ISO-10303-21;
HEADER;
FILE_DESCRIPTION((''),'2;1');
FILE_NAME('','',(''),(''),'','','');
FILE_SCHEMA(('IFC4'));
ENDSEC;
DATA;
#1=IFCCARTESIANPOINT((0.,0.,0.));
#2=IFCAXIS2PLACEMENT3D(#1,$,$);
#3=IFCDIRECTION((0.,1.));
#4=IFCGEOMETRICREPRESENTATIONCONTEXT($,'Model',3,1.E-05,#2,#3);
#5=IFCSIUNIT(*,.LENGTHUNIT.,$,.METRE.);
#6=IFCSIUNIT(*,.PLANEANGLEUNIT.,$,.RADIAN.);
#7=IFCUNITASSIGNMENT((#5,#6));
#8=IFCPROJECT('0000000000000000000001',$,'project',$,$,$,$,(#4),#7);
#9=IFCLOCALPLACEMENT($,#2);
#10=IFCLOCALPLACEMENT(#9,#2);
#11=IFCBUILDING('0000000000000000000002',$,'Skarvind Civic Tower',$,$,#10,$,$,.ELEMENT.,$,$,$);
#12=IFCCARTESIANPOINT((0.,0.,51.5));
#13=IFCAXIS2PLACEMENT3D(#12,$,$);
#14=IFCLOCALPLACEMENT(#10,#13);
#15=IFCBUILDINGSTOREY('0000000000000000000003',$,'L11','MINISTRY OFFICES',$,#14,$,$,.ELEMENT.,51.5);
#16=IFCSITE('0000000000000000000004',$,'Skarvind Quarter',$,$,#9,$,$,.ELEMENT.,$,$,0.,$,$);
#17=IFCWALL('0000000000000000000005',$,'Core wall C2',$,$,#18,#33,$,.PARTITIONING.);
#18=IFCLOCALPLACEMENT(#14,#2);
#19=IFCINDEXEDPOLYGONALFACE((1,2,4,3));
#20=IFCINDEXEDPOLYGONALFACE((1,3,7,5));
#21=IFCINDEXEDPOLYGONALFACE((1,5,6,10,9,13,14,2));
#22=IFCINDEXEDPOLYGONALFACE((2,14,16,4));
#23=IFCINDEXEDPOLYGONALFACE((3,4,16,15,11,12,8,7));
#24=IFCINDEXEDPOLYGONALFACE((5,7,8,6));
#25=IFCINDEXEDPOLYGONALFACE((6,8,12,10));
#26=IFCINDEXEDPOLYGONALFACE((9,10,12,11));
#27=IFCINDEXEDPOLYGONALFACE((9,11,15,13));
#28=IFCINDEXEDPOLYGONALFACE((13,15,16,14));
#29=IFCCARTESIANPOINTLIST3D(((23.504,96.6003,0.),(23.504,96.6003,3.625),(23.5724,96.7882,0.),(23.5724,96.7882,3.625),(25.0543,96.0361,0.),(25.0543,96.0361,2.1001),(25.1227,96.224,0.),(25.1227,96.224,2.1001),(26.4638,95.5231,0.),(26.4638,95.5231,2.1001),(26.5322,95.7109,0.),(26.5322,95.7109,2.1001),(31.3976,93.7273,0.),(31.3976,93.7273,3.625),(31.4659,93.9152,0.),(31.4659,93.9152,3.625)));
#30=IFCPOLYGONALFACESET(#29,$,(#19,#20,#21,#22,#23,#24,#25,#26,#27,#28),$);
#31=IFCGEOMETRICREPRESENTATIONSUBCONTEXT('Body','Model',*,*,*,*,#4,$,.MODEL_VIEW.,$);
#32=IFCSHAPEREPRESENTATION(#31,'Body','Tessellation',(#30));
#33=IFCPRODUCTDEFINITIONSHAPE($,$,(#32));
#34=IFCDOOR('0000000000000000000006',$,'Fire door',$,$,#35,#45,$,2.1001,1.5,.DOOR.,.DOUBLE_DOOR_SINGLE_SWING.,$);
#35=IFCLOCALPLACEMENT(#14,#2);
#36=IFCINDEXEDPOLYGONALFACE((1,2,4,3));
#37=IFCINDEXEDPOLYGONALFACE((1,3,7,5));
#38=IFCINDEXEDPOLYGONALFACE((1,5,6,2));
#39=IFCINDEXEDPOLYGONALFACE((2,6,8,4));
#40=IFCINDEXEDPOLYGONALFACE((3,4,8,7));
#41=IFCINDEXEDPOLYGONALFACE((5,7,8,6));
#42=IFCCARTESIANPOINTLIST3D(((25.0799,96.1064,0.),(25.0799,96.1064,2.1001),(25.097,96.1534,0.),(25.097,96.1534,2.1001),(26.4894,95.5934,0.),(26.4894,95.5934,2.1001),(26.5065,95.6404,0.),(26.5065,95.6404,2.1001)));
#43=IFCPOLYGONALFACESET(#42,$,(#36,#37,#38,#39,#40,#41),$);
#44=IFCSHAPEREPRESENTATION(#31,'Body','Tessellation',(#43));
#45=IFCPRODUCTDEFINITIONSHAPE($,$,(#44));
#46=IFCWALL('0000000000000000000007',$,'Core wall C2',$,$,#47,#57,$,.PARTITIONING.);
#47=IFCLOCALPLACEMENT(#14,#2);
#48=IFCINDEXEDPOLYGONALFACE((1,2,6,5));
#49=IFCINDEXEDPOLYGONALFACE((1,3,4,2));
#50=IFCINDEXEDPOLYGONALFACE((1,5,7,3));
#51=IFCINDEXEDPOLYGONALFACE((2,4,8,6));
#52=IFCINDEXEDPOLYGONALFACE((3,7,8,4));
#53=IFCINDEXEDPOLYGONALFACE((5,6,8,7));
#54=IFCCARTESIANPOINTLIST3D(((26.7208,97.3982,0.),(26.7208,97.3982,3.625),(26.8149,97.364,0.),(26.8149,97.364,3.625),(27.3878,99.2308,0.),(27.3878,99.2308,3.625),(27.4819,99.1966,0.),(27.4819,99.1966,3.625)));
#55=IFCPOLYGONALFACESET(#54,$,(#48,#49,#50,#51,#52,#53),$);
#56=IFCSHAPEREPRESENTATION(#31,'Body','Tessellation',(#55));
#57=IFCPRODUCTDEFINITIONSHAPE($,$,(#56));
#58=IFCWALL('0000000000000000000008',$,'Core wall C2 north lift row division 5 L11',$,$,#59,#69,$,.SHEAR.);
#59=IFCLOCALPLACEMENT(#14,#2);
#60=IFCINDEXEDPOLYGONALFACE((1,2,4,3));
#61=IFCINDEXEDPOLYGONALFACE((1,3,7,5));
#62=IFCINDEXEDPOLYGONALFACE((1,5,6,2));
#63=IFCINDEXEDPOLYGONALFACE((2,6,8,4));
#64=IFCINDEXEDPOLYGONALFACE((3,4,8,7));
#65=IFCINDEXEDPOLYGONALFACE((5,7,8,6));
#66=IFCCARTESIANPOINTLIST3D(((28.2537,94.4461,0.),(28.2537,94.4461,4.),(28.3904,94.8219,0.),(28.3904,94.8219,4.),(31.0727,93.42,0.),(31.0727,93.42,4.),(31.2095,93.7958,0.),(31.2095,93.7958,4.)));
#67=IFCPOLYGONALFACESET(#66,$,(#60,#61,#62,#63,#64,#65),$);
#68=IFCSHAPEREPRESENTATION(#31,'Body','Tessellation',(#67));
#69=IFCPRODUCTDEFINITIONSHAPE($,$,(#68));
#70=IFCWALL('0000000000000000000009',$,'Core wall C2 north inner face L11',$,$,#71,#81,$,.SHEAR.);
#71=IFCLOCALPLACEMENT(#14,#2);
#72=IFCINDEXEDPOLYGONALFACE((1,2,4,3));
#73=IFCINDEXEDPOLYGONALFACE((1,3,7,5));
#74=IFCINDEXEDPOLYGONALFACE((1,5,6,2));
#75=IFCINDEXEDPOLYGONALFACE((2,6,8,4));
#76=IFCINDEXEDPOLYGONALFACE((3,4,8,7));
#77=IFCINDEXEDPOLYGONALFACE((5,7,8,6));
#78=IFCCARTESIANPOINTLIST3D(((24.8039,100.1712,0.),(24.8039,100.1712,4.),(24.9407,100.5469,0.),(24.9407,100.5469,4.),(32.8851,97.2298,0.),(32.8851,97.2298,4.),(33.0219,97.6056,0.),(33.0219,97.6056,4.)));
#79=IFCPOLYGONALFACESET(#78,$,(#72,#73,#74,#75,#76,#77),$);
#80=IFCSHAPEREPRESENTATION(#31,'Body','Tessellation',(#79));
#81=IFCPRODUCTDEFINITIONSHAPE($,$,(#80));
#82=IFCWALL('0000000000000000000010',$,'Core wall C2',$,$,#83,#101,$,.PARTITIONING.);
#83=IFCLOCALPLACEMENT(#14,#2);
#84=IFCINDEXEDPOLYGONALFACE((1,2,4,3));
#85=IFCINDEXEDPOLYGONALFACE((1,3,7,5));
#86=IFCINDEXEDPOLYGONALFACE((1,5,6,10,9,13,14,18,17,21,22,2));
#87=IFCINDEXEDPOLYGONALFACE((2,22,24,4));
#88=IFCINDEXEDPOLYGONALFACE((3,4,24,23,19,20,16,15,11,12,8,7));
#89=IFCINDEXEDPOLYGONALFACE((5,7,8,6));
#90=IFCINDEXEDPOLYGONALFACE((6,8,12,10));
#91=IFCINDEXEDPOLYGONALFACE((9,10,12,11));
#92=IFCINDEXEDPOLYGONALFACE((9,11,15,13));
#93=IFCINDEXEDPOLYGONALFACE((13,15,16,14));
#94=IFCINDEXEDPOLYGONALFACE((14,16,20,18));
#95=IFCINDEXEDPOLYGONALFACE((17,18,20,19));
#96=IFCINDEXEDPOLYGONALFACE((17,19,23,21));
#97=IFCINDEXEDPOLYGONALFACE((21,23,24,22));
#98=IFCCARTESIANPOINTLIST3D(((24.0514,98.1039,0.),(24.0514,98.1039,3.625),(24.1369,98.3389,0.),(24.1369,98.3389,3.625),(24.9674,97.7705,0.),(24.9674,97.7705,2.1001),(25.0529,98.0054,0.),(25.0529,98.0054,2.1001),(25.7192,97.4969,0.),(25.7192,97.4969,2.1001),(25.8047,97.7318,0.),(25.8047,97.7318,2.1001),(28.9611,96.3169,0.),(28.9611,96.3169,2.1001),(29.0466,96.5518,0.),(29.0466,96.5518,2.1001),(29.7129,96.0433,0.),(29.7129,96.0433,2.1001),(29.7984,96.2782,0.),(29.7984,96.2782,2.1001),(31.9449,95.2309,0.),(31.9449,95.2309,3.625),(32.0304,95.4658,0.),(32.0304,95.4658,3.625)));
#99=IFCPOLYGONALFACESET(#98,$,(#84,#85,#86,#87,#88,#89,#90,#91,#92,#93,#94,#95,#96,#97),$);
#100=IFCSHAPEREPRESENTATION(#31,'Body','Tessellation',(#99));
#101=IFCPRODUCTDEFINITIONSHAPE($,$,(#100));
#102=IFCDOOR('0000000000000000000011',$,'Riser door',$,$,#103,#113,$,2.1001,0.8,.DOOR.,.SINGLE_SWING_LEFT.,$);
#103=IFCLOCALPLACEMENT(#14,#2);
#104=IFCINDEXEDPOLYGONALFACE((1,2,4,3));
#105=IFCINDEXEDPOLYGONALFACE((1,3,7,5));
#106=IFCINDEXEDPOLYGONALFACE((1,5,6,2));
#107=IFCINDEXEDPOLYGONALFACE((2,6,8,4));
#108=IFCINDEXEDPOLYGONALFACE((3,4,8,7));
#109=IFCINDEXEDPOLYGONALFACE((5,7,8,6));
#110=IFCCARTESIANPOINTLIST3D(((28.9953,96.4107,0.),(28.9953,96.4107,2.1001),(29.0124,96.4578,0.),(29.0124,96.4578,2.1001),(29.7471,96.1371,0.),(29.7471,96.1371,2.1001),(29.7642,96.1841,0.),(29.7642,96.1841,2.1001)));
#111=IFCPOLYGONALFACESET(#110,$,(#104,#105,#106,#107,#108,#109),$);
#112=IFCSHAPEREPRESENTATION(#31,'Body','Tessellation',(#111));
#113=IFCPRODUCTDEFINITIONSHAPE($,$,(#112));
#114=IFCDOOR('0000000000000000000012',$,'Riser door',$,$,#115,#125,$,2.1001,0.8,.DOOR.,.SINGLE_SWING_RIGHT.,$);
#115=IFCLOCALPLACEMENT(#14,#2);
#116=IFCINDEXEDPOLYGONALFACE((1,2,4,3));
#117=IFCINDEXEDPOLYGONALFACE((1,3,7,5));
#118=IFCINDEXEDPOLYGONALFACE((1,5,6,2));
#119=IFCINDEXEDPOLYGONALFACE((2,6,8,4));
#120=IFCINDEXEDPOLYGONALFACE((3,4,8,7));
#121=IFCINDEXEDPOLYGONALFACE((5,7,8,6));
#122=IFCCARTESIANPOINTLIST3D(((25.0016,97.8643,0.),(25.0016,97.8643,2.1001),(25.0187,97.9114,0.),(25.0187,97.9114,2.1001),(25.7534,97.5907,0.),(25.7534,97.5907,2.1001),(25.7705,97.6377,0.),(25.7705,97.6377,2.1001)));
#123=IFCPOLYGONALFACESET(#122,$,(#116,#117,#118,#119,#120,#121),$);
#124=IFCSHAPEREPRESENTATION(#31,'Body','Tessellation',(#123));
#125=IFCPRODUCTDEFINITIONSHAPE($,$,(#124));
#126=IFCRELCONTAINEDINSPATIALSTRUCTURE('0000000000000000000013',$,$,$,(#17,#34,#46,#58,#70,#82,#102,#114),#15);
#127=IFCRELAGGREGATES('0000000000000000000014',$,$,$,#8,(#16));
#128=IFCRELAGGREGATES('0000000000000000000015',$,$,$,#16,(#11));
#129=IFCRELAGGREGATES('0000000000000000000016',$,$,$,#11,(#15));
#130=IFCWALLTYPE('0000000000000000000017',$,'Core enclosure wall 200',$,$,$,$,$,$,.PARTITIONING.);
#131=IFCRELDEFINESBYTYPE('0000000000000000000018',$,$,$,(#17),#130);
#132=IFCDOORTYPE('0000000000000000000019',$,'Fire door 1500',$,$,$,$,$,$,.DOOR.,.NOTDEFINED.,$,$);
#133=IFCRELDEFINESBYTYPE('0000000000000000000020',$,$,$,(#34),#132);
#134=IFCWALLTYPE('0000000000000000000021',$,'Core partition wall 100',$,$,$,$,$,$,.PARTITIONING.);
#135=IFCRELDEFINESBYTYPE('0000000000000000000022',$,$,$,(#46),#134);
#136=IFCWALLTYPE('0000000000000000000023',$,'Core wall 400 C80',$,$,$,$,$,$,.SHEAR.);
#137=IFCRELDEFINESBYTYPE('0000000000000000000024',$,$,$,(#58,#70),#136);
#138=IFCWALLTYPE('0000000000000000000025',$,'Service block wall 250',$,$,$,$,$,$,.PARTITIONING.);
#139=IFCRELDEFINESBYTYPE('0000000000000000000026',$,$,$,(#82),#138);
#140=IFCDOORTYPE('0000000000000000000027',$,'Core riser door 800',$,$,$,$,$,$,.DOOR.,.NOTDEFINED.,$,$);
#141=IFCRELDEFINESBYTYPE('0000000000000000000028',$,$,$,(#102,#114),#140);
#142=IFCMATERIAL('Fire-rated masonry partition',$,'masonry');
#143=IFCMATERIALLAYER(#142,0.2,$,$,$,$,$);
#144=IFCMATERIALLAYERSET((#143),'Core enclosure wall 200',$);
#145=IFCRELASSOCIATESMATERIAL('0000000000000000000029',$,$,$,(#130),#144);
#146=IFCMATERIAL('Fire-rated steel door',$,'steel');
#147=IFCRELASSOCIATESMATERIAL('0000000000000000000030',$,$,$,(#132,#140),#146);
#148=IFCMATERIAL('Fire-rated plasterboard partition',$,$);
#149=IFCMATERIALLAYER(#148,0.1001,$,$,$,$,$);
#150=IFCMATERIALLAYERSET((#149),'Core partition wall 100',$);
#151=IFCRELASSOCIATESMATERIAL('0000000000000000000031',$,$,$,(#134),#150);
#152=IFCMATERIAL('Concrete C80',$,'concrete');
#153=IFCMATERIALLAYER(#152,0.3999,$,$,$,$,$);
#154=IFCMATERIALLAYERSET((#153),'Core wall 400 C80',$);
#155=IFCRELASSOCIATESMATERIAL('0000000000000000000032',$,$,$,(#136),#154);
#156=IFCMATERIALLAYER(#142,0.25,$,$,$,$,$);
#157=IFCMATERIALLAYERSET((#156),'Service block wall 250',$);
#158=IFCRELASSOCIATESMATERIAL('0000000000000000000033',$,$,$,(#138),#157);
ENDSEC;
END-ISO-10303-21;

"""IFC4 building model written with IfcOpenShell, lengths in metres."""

from ifc_helpers import new_model, si_unit, direction, frame, frame_2d, origin, place, context, subcontext, project, spatial, rectangle, extrude, material, layer, layer_set, type_object, element, fill, save


model = new_model("IFC4")

# Units and contexts
model_context = context("Model", 3, precision=1e-05, world=origin(), true_north=direction((0.0, 1.0)))
body_context = subcontext(model_context, "Body", "Model", "MODEL_VIEW")
ifc_project = project(units=[si_unit("LENGTHUNIT", "METRE"), si_unit("PLANEANGLEUNIT", "RADIAN")], contexts=[model_context])

# Site, building, storey
site_placement = place(None, origin())
site = spatial("IfcSite", under=ifc_project, at=site_placement, Name="Skarvind Quarter", CompositionType="ELEMENT", RefElevation=0.0)
building_placement = place(site_placement, origin())
building = spatial("IfcBuilding", under=site, at=building_placement, Name="Skarvind Civic Tower", CompositionType="ELEMENT")
storey_placement = place(building_placement, frame((0.0, 0.0, 51.5)))
storey = spatial("IfcBuildingStorey", under=building, at=storey_placement, Name="L11", Description="MINISTRY OFFICES", CompositionType="ELEMENT", Elevation=51.5)

# Shared definitions
ifc_material_1 = material(Name="Concrete C80", Category="concrete")

# Wall, opening, door
ifc_material_2 = material(Name="Fire-rated masonry partition", Category="masonry")
ifc_layer_1 = layer(ifc_material_2, 0.2)
ifc_layer_set_1 = layer_set([ifc_layer_1], Name="Core enclosure wall 200")
wall_type_1 = type_object("IfcWallType", Name="Core enclosure wall 200", PredefinedType="PARTITIONING", material=ifc_layer_set_1)
ifc_material_3 = material(Name="Fire-rated steel door", Category="steel")
wall_1_placement = place(storey_placement, frame((23.5381, 96.6943, 0.0), z_axis=(0.0, 0.0, 1.0), x_axis=(0.939692, -0.342023, 0.0)))
wall_1 = element("IfcWall", 1, at=wall_1_placement, inside=storey, type_object=wall_type_1, Name="Core wall C2", PredefinedType="PARTITIONING", context=body_context, shape_type="SweptSolid", body=[
    extrude(rectangle(XDim=8.4001, YDim=0.2, at=frame_2d((4.2002, 0.0))), origin(), (0.0, 0.0, 1.0), 3.625),
])
opening_1_placement = place(wall_1_placement, frame((1.6499, 0.0, 0.0)))
opening_1 = element("IfcOpeningElement", 2, at=opening_1_placement, cuts=wall_1, PredefinedType="OPENING", context=body_context, shape_type="SweptSolid", body=[
    extrude(rectangle(XDim=1.5, YDim=2.1001, at=frame_2d((0.75, 1.05))), frame((0.0, 0.1099, 0.0), z_axis=(0.0, -1.0, 0.0), x_axis=(1.0, 0.0, 0.0)), (0.0, 0.0, 1.0), 0.22),
])
door_type_1 = type_object("IfcDoorType", Name="Fire door 1500", OperationType="NOTDEFINED", PredefinedType="DOOR", material=ifc_material_3)
door_1_placement = place(opening_1_placement, origin())
door_1 = element("IfcDoor", 3, at=door_1_placement, inside=storey, type_object=door_type_1, Name="Fire door", OperationType="DOUBLE_DOOR_SINGLE_SWING", OverallHeight=2.1001, OverallWidth=1.5, PredefinedType="DOOR", context=body_context, shape_type="SweptSolid", body=[
    extrude(rectangle(XDim=1.5, YDim=2.1001, at=frame_2d((0.75, 1.05))), frame((0.0, 0.0249, 0.0), z_axis=(0.0, -1.0, 0.0), x_axis=(1.0, 0.0, 0.0)), (0.0, 0.0, 1.0), 0.05),
])
fill(opening_1, door_1)

# Walls
ifc_material_4 = material(Name="Fire-rated plasterboard partition")
ifc_layer_2 = layer(ifc_material_4, 0.1001)
ifc_layer_set_2 = layer_set([ifc_layer_2], Name="Core partition wall 100")
wall_type_2 = type_object("IfcWallType", Name="Core partition wall 100", PredefinedType="PARTITIONING", material=ifc_layer_set_2)
wall_2_placement = place(storey_placement, frame((26.7678, 97.3811, 0.0), z_axis=(0.0, 0.0, 1.0), x_axis=(0.342025, 0.939691, 0.0)))
element("IfcWall", 4, at=wall_2_placement, inside=storey, type_object=wall_type_2, Name="Core wall C2", PredefinedType="PARTITIONING", context=body_context, shape_type="SweptSolid", body=[
    extrude(rectangle(XDim=1.9502, YDim=0.1001, at=frame_2d((0.9751, 0.0))), origin(), (0.0, 0.0, 1.0), 3.625),
])
ifc_layer_3 = layer(ifc_material_1, 0.3999)
ifc_layer_set_3 = layer_set([ifc_layer_3], Name="Core wall 400 C80")
wall_type_3 = type_object("IfcWallType", Name="Core wall 400 C80", PredefinedType="SHEAR", material=ifc_layer_set_3)
wall_3_placement = place(storey_placement, frame((31.1411, 93.6079, 0.0), z_axis=(0.0, 0.0, 1.0), x_axis=(-0.939686, 0.342037, 0.0)))
element("IfcWall", 5, at=wall_3_placement, inside=storey, type_object=wall_type_3, Name="Core wall C2 north lift row division 5 L11", PredefinedType="SHEAR", context=body_context, shape_type="SweptSolid", body=[
    extrude(rectangle(XDim=3.0, YDim=0.3999, at=frame_2d((1.5, 0.0))), origin(), (0.0, 0.0, 1.0), 4.0),
])
wall_4_placement = place(storey_placement, frame((32.9534, 97.4177, 0.0), z_axis=(0.0, 0.0, 1.0), x_axis=(-0.939691, 0.342026, 0.0)))
element("IfcWall", 6, at=wall_4_placement, inside=storey, type_object=wall_type_3, Name="Core wall C2 north inner face L11", PredefinedType="SHEAR", context=body_context, shape_type="SweptSolid", body=[
    extrude(rectangle(XDim=8.5999, YDim=0.3999, at=frame_2d((4.2998, 0.0))), origin(), (0.0, 0.0, 1.0), 4.0),
])

# Wall, openings, doors
ifc_layer_4 = layer(ifc_material_2, 0.25)
ifc_layer_set_4 = layer_set([ifc_layer_4], Name="Service block wall 250")
wall_type_4 = type_object("IfcWallType", Name="Service block wall 250", PredefinedType="PARTITIONING", material=ifc_layer_set_4)
wall_5_placement = place(storey_placement, frame((24.094, 98.2214, 0.0), z_axis=(0.0, 0.0, 1.0), x_axis=(0.939692, -0.342023, 0.0)))
wall_5 = element("IfcWall", 7, at=wall_5_placement, inside=storey, type_object=wall_type_4, Name="Core wall C2", PredefinedType="PARTITIONING", context=body_context, shape_type="SweptSolid", body=[
    extrude(rectangle(XDim=8.4001, YDim=0.25, at=frame_2d((4.2002, 0.0))), origin(), (0.0, 0.0, 1.0), 3.625),
])
opening_2_placement = place(wall_5_placement, frame((5.2251, 0.0, 0.0)))
opening_2 = element("IfcOpeningElement", 8, at=opening_2_placement, cuts=wall_5, PredefinedType="OPENING", context=body_context, shape_type="SweptSolid", body=[
    extrude(rectangle(XDim=0.8, YDim=2.1001, at=frame_2d((0.3999, 1.05))), frame((0.0, 0.135, 0.0), z_axis=(0.0, -1.0, 0.0), x_axis=(1.0, 0.0, 0.0)), (0.0, 0.0, 1.0), 0.27),
])
opening_3_placement = place(wall_5_placement, frame((0.9751, 0.0, 0.0)))
opening_3 = element("IfcOpeningElement", 9, at=opening_3_placement, cuts=wall_5, PredefinedType="OPENING", context=body_context, shape_type="SweptSolid", body=[
    extrude(rectangle(XDim=0.8, YDim=2.1001, at=frame_2d((0.3999, 1.05))), frame((0.0, 0.135, 0.0), z_axis=(0.0, -1.0, 0.0), x_axis=(1.0, 0.0, 0.0)), (0.0, 0.0, 1.0), 0.27),
])
door_type_2 = type_object("IfcDoorType", Name="Core riser door 800", OperationType="NOTDEFINED", PredefinedType="DOOR", material=ifc_material_3)
door_2_placement = place(opening_2_placement, origin())
door_2 = element("IfcDoor", 10, at=door_2_placement, inside=storey, type_object=door_type_2, Name="Riser door", OperationType="SINGLE_SWING_LEFT", OverallHeight=2.1001, OverallWidth=0.8, PredefinedType="DOOR", context=body_context, shape_type="SweptSolid", body=[
    extrude(rectangle(XDim=0.8, YDim=2.1001, at=frame_2d((0.3999, 1.05))), frame((0.0, 0.0249, 0.0), z_axis=(0.0, -1.0, 0.0), x_axis=(1.0, 0.0, 0.0)), (0.0, 0.0, 1.0), 0.05),
])
fill(opening_2, door_2)
door_3_placement = place(opening_3_placement, origin())
door_3 = element("IfcDoor", 11, at=door_3_placement, inside=storey, type_object=door_type_2, Name="Riser door", OperationType="SINGLE_SWING_RIGHT", OverallHeight=2.1001, OverallWidth=0.8, PredefinedType="DOOR", context=body_context, shape_type="SweptSolid", body=[
    extrude(rectangle(XDim=0.8, YDim=2.1001, at=frame_2d((0.3999, 1.05))), frame((0.0, 0.0249, 0.0), z_axis=(0.0, -1.0, 0.0), x_axis=(1.0, 0.0, 0.0)), (0.0, 0.0, 1.0), 0.05),
])
fill(opening_3, door_3)

save(model, "model.ifc")
